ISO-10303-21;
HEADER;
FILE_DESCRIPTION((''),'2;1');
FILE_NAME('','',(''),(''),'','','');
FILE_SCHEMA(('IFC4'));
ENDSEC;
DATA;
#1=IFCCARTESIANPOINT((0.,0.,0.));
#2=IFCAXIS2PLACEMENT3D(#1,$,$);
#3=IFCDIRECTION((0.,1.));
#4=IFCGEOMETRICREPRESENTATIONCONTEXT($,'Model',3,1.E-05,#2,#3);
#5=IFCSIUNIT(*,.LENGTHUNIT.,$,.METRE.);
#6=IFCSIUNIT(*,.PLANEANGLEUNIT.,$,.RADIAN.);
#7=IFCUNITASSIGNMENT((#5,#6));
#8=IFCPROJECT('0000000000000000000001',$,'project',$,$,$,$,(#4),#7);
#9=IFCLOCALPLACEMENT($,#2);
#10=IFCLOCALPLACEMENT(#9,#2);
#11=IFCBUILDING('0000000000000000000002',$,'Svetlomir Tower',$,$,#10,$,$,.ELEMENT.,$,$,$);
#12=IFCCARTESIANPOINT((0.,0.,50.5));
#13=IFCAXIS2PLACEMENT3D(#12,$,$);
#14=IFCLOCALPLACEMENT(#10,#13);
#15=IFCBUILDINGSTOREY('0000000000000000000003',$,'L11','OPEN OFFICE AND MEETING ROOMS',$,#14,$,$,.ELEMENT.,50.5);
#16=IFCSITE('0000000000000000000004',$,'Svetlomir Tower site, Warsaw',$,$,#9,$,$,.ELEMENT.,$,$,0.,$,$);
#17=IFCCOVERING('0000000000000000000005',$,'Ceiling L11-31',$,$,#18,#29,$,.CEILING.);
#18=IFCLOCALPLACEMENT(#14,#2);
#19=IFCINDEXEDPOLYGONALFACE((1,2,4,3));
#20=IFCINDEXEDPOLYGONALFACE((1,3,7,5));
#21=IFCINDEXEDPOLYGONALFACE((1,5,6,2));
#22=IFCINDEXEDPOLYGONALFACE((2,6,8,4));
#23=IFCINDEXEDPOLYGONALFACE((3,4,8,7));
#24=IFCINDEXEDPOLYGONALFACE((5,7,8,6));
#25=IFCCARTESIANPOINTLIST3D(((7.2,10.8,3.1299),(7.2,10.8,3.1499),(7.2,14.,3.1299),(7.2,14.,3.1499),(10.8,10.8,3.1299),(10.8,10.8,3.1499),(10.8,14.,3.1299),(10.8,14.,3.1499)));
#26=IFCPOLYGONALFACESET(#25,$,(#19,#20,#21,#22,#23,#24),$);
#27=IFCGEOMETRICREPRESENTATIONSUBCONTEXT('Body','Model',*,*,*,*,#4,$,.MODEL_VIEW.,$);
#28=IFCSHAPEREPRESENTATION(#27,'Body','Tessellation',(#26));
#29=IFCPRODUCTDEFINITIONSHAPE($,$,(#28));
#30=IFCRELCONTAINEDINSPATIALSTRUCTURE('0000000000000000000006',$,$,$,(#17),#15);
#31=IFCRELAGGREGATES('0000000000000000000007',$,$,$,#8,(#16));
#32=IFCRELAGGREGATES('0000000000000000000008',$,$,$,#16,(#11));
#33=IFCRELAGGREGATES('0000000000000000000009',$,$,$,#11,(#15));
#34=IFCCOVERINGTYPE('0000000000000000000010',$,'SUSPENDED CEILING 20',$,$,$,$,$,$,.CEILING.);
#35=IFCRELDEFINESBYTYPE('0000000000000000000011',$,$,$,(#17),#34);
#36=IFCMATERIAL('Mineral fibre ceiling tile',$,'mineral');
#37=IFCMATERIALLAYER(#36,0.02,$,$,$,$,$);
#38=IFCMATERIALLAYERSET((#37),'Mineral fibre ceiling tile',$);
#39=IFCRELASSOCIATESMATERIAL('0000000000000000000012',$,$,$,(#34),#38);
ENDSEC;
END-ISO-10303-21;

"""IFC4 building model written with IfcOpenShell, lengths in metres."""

from ifc_helpers import new_model, si_unit, direction, frame, origin, place, context, subcontext, project, spatial, polyline, outline, extrude, material, layer, layer_set, type_object, element, save


model = new_model("IFC4")

# Units and contexts
model_context = context("Model", 3, precision=1e-05, world=origin(), true_north=direction((0.0, 1.0)))
body_context = subcontext(model_context, "Body", "Model", "MODEL_VIEW")
ifc_project = project(units=[si_unit("LENGTHUNIT", "METRE"), si_unit("PLANEANGLEUNIT", "RADIAN")], contexts=[model_context])

# Site, building, storey
site_placement = place(None, origin())
site = spatial("IfcSite", under=ifc_project, at=site_placement, Name="Svetlomir Tower site, Warsaw", CompositionType="ELEMENT", RefElevation=0.0)
building_placement = place(site_placement, origin())
building = spatial("IfcBuilding", under=site, at=building_placement, Name="Svetlomir Tower", CompositionType="ELEMENT")
storey_placement = place(building_placement, frame((0.0, 0.0, 50.5)))
storey = spatial("IfcBuildingStorey", under=building, at=storey_placement, Name="L11", Description="OPEN OFFICE AND MEETING ROOMS", CompositionType="ELEMENT", Elevation=50.5)

# Covering
ifc_material_1 = material(Name="Mineral fibre ceiling tile", Category="mineral")
ifc_layer_1 = layer(ifc_material_1, 0.02)
ifc_layer_set_1 = layer_set([ifc_layer_1], Name="Mineral fibre ceiling tile")
covering_type_1 = type_object("IfcCoveringType", Name="SUSPENDED CEILING 20", PredefinedType="CEILING", material=ifc_layer_set_1)
covering_1_placement = place(storey_placement, frame((0.0, 0.0, 3.1299)))
element("IfcCovering", 1, at=covering_1_placement, inside=storey, type_object=covering_type_1, Name="Ceiling L11-31", PredefinedType="CEILING", context=body_context, shape_type="SweptSolid", body=[
    extrude(outline(polyline([(7.2, 10.8), (10.8, 10.8), (10.8, 14.0), (7.2, 14.0), (7.2, 10.8)])), origin(), (0.0, 0.0, 1.0), 0.02),
])

save(model, "model.ifc")
